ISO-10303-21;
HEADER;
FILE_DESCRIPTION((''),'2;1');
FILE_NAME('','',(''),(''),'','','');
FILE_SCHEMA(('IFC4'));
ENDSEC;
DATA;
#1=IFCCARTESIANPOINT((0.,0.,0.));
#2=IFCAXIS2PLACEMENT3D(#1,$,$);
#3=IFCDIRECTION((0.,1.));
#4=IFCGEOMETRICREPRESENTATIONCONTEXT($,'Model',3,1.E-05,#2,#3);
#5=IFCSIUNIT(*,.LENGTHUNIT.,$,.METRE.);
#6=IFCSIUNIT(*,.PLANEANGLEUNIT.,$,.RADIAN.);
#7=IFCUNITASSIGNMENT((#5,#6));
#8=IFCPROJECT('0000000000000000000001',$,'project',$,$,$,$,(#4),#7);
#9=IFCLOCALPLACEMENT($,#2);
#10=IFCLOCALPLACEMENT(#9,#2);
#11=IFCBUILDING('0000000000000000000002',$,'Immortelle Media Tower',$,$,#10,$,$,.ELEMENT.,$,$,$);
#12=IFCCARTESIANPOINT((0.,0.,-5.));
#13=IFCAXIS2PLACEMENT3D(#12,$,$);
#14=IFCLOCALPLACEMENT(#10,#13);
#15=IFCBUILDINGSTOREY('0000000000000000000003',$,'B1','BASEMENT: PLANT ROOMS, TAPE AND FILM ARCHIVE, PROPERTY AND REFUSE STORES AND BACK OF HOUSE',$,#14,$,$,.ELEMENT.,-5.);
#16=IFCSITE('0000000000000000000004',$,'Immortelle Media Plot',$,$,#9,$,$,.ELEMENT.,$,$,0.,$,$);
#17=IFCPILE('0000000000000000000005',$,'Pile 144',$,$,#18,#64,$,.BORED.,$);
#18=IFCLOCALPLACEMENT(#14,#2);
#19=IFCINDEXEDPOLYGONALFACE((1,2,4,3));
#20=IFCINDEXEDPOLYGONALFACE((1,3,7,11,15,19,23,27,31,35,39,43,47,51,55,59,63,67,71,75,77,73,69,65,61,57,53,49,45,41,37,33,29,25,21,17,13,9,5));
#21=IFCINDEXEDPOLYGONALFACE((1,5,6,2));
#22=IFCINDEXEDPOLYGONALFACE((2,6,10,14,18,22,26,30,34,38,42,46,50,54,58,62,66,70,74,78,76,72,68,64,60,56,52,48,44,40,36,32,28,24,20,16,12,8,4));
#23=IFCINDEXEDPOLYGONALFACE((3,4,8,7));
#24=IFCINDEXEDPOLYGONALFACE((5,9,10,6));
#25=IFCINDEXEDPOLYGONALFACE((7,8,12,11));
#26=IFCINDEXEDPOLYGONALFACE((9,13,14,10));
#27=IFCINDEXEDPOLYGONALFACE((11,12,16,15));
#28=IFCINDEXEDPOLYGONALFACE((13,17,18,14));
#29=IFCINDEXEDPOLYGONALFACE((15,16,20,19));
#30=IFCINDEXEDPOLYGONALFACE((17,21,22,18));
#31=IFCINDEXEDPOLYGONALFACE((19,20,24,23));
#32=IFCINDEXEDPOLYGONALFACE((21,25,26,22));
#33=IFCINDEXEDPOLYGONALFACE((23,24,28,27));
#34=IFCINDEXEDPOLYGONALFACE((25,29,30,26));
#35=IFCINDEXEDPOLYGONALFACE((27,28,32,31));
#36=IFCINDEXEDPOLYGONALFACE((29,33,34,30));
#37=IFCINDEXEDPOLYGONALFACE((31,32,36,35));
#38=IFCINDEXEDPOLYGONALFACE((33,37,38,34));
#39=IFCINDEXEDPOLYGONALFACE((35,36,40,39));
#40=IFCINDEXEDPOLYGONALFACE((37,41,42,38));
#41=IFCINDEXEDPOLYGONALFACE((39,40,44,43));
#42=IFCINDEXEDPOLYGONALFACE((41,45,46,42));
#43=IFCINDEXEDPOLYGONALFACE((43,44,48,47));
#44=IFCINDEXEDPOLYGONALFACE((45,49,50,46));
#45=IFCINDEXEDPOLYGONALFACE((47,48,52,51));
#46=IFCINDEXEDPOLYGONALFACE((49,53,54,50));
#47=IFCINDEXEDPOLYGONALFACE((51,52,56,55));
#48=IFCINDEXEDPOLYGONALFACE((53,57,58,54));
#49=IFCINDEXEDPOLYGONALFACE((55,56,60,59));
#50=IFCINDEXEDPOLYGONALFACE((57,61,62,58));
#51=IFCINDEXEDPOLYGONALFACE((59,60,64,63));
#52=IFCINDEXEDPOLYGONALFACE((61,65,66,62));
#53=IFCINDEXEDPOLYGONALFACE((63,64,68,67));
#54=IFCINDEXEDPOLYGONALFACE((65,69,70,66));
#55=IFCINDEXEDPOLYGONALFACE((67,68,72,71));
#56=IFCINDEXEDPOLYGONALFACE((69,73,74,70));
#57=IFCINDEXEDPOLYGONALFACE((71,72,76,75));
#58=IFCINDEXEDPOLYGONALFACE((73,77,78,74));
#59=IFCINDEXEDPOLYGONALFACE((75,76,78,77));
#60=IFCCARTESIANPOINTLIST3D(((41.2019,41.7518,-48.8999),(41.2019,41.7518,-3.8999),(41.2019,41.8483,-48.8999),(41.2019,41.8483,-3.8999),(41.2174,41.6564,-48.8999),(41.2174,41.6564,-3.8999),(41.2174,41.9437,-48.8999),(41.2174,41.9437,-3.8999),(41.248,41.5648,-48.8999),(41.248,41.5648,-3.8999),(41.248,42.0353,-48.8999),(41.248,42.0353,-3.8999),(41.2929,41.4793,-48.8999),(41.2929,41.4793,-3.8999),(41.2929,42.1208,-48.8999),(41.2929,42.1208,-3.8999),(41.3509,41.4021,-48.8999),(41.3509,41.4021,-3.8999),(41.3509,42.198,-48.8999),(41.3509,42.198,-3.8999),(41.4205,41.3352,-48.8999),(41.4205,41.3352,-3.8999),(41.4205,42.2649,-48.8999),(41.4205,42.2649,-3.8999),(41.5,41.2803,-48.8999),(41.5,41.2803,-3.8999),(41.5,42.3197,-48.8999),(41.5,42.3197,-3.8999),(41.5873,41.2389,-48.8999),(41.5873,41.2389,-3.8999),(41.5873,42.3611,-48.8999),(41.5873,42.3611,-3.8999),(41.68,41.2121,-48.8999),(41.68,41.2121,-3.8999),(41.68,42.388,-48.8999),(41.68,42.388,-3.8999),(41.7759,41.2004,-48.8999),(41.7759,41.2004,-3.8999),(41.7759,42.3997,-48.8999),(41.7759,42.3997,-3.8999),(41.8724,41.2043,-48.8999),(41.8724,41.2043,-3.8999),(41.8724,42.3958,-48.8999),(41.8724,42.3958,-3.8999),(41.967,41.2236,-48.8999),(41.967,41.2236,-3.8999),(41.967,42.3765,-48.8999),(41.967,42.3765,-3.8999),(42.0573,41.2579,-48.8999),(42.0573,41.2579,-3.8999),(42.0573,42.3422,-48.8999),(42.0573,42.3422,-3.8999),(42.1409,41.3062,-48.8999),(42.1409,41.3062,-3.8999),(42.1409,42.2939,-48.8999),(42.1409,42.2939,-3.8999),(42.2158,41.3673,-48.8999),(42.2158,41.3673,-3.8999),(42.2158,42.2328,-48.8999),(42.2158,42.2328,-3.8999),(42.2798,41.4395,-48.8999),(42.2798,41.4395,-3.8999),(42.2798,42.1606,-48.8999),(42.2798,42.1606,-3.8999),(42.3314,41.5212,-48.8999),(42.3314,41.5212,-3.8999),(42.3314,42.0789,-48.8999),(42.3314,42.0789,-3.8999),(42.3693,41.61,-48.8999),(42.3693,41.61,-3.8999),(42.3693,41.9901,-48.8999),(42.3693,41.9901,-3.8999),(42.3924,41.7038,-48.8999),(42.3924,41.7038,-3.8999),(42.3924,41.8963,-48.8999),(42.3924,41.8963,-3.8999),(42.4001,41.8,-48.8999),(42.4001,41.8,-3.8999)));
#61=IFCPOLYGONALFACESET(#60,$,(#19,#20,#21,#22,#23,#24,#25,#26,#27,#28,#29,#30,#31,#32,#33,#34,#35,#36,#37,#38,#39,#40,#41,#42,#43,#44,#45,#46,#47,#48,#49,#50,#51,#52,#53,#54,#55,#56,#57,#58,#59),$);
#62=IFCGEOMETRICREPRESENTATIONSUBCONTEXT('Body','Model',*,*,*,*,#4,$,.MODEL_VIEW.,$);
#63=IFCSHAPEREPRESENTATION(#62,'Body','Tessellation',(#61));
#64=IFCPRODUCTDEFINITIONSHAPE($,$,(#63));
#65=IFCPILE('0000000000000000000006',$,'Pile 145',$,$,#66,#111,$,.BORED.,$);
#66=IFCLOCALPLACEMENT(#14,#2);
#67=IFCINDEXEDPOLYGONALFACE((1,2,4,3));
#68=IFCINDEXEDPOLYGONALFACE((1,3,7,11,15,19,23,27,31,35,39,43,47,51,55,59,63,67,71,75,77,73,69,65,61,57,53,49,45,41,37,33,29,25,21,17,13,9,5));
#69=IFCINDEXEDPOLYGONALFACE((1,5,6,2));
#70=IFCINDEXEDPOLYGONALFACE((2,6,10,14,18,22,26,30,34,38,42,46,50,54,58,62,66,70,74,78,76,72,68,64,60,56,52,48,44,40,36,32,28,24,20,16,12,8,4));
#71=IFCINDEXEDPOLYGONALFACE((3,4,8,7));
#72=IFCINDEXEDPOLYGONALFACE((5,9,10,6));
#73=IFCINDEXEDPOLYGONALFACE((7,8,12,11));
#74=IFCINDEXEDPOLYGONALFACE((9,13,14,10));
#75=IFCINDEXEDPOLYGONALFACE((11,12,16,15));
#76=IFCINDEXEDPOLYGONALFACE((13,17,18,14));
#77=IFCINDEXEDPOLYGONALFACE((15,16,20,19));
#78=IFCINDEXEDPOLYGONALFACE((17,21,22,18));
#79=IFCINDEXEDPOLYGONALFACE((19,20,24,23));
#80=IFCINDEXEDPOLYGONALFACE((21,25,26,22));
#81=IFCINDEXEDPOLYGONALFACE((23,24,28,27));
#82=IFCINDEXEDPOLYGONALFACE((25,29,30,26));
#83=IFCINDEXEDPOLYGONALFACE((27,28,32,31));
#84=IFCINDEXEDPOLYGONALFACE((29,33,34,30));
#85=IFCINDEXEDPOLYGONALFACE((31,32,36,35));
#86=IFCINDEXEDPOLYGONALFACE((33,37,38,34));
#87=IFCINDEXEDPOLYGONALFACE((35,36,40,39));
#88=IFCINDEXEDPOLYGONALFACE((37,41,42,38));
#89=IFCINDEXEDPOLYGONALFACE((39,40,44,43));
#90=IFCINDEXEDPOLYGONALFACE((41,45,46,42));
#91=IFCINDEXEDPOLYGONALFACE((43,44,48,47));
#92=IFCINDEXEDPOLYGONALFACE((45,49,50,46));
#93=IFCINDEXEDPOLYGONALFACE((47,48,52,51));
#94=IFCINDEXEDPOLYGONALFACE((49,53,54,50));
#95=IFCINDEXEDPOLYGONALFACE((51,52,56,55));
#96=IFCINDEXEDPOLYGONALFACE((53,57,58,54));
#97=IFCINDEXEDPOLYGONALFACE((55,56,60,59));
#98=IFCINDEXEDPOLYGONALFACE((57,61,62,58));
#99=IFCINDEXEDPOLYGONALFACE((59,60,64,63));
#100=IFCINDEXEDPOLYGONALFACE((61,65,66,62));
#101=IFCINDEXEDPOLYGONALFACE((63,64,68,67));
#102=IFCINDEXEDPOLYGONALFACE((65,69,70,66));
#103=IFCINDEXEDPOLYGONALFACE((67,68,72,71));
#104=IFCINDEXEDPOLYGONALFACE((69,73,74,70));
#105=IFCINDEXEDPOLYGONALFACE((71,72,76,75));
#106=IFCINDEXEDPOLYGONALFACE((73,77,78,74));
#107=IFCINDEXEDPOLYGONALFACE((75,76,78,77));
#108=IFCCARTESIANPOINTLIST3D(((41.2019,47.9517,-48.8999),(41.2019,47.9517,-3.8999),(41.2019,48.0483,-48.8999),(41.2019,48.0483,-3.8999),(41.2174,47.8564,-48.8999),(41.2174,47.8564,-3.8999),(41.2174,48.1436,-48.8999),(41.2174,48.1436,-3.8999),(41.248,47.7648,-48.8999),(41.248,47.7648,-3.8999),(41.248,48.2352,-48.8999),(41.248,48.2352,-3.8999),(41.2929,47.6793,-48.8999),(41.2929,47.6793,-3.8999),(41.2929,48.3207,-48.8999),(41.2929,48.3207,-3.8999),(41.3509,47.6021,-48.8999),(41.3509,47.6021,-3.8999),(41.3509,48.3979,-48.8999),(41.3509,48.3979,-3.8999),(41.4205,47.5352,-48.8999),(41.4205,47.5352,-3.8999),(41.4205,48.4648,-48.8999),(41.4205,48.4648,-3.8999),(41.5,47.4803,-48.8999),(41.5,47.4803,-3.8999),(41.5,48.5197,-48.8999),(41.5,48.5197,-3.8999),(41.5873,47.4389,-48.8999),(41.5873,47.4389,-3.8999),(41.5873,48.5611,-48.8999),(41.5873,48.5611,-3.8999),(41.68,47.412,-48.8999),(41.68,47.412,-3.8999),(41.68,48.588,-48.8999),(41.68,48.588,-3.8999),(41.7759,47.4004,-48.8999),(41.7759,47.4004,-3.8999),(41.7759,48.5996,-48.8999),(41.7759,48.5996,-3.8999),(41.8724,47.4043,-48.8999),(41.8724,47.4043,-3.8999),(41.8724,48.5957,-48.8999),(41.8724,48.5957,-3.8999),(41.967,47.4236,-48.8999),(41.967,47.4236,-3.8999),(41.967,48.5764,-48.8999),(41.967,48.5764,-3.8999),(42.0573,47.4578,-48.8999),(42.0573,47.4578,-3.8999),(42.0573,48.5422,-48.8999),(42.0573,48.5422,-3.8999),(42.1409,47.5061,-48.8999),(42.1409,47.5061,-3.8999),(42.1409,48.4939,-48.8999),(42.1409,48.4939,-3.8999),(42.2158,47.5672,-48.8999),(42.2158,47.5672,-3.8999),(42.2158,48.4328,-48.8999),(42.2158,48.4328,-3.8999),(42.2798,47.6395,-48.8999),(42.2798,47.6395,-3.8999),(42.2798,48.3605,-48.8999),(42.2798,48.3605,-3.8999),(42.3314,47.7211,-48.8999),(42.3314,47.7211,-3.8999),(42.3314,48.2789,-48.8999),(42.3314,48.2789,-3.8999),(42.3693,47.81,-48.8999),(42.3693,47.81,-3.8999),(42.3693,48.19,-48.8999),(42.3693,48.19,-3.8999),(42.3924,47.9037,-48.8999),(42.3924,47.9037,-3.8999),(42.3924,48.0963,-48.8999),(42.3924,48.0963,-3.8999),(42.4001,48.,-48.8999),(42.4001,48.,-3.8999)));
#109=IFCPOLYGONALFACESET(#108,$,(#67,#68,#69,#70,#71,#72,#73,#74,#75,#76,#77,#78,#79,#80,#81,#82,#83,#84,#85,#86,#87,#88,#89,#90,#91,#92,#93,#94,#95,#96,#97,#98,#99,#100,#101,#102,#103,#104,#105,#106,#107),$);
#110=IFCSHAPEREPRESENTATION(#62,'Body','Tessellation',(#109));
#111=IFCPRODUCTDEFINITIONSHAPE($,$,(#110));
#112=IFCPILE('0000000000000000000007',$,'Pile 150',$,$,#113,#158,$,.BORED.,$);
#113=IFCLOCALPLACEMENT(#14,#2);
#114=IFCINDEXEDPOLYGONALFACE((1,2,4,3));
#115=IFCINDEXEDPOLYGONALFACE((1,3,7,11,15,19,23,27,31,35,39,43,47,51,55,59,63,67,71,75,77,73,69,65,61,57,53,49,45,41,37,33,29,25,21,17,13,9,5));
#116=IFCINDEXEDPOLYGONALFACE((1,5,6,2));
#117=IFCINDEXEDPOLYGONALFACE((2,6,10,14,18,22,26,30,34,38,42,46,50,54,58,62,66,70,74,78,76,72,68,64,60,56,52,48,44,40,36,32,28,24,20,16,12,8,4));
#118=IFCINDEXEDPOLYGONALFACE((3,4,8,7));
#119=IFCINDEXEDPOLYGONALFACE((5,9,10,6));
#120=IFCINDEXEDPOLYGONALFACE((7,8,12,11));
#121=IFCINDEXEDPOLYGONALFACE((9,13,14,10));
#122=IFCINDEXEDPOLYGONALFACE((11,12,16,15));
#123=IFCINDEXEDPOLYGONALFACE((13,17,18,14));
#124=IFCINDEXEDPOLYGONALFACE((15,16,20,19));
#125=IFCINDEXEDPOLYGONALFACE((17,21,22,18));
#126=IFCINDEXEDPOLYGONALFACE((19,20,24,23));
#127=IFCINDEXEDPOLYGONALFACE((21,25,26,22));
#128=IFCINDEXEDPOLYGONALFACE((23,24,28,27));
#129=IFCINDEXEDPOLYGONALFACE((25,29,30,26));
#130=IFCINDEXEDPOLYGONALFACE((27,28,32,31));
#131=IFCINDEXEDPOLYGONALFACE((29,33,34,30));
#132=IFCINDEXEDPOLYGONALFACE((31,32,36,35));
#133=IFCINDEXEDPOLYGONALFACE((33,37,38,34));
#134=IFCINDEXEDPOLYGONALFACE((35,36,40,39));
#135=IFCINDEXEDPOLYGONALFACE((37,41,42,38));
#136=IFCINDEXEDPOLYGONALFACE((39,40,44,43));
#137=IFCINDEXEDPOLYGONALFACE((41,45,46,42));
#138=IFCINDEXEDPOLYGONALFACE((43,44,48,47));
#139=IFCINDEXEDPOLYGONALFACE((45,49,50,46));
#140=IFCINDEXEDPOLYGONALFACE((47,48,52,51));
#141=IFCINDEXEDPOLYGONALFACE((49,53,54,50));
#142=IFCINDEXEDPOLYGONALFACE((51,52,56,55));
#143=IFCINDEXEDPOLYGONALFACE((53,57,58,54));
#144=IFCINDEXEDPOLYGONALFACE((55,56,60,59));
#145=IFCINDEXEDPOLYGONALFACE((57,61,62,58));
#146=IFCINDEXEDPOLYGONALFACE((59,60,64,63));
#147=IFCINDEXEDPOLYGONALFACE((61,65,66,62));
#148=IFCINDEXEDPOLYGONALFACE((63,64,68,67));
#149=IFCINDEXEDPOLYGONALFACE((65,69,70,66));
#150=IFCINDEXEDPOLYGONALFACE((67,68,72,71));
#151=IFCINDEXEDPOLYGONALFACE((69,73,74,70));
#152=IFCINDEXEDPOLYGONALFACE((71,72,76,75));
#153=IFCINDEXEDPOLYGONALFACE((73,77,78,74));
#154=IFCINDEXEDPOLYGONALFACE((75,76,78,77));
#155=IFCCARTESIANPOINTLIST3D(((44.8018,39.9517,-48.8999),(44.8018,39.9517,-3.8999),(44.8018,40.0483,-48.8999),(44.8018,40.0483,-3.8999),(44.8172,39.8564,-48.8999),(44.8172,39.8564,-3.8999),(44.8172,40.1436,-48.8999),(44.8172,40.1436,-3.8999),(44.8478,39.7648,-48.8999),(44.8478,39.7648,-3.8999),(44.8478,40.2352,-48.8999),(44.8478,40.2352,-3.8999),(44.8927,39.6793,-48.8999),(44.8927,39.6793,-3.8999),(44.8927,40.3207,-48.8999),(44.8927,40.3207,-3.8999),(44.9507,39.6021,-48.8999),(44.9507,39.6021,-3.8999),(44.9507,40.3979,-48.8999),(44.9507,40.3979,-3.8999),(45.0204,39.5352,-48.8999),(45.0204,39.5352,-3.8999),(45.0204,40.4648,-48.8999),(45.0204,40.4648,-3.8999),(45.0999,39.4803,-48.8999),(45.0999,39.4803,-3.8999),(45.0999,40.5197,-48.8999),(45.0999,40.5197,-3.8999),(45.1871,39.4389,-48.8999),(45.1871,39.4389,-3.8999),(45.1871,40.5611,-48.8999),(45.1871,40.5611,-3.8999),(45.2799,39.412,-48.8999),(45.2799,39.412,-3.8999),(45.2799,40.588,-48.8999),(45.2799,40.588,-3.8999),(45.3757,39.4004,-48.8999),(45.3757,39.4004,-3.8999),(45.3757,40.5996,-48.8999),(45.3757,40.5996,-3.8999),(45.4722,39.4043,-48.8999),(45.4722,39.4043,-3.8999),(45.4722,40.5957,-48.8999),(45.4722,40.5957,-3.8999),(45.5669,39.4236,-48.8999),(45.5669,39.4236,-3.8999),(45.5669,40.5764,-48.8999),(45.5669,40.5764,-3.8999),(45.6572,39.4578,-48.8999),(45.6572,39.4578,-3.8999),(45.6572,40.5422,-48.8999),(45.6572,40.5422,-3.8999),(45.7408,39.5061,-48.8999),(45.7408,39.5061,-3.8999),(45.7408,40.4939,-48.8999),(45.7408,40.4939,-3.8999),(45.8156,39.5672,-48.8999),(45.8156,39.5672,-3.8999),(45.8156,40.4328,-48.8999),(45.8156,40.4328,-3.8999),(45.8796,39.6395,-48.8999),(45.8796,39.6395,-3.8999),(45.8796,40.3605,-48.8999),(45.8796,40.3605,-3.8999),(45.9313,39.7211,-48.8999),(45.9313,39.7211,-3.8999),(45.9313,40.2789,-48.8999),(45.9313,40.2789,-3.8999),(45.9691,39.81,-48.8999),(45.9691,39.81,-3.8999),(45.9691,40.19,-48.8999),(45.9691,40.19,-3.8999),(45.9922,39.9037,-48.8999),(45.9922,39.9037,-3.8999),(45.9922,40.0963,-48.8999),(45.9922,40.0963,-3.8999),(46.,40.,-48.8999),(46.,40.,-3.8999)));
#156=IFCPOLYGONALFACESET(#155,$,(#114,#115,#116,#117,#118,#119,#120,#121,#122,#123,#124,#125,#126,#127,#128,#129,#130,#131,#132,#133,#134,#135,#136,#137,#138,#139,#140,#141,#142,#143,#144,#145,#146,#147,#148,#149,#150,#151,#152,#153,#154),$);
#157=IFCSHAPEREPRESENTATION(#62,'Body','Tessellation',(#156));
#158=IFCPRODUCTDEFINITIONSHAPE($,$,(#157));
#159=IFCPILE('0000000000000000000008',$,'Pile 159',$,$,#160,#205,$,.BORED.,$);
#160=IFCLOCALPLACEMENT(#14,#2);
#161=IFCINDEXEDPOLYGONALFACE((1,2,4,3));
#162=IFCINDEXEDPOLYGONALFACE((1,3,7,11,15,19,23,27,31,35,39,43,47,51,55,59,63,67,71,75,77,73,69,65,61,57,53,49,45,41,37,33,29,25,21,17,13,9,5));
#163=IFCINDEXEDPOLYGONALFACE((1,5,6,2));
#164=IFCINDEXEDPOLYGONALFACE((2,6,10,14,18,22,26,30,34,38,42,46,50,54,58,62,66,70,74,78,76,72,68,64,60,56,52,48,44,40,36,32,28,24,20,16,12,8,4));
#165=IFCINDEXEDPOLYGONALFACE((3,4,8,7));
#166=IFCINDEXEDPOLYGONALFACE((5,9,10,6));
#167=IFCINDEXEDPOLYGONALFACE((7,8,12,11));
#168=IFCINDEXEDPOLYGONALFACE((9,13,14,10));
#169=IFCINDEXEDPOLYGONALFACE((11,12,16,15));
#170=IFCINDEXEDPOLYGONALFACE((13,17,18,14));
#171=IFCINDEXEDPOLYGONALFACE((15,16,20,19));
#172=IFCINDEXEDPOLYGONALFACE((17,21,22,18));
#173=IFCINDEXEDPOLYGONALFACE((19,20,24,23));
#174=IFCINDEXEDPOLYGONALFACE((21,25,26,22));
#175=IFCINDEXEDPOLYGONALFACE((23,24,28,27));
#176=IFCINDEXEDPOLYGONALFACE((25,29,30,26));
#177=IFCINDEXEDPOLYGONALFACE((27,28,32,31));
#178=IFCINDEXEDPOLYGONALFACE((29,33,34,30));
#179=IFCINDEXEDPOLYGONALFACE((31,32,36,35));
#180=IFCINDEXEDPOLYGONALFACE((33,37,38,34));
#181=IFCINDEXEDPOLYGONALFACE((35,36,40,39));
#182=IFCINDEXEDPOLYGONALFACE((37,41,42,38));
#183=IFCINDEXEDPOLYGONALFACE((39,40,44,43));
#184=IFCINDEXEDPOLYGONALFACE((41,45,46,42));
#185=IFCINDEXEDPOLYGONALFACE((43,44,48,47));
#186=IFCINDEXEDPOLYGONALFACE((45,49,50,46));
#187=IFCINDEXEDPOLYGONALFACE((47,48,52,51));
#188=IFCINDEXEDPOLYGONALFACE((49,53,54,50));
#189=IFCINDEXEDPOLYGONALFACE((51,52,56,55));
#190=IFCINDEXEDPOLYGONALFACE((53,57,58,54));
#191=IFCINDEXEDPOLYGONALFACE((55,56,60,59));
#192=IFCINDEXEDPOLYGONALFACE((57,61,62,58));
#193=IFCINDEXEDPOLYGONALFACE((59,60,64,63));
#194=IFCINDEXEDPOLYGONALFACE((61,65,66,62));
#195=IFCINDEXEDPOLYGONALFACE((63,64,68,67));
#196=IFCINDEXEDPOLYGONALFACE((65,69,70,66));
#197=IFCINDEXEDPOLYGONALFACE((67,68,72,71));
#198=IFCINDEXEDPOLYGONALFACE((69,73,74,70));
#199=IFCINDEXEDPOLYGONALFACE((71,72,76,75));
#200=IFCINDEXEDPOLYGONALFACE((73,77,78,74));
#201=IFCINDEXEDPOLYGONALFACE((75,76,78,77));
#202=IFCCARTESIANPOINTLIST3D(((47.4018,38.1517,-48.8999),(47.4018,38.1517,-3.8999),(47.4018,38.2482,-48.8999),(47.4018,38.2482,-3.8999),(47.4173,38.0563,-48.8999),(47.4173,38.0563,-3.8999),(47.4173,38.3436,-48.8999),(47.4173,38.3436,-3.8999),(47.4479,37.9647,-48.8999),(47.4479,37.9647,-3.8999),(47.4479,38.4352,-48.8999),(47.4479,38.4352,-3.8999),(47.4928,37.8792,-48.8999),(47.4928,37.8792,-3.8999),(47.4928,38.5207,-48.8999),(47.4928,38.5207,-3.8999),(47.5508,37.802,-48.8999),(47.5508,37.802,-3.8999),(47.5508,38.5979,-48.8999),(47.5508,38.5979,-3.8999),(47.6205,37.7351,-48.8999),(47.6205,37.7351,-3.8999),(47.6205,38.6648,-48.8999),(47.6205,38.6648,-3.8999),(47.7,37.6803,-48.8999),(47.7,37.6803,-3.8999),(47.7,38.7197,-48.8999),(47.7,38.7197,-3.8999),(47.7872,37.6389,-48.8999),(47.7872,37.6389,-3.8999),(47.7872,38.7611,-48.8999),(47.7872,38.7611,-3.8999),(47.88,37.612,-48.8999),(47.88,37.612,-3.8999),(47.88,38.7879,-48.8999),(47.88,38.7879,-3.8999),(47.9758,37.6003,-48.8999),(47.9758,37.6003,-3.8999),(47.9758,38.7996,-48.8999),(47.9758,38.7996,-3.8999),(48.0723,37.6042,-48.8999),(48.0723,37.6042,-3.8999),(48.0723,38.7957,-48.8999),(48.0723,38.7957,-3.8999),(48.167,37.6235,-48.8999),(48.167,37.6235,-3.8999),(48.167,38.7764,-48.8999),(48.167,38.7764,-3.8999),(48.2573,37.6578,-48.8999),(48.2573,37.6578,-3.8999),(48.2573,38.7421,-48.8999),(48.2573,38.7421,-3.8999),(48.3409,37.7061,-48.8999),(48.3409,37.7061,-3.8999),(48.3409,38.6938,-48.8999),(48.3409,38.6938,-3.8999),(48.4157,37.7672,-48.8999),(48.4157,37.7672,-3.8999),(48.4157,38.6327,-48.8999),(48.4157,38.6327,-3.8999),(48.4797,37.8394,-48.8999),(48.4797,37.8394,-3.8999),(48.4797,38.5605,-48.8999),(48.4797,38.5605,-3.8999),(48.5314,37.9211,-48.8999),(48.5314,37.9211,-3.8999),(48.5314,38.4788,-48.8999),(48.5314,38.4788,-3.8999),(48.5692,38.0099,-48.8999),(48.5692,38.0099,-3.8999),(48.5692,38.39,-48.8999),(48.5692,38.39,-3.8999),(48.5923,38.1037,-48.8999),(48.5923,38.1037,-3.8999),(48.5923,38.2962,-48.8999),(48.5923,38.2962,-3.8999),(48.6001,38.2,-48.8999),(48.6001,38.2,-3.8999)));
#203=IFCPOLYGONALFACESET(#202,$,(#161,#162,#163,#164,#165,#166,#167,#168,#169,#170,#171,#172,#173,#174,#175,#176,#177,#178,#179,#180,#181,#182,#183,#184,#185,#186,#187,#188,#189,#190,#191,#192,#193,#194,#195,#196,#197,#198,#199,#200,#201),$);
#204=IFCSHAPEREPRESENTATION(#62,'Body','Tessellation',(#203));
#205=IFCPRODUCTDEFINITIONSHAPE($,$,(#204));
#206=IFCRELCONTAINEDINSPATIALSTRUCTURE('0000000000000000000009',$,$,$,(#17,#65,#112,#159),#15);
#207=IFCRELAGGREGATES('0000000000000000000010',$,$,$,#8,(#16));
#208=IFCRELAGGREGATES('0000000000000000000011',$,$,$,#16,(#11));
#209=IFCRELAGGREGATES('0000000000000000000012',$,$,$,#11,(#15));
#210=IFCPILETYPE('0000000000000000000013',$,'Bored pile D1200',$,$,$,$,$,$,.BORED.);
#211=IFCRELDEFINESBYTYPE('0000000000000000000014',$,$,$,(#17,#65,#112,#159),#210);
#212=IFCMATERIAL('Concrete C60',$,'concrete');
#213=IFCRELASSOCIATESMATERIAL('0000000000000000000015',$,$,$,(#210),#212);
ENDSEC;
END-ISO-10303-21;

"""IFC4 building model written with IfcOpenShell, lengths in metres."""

from ifc_helpers import new_model, si_unit, direction, frame, origin, origin_2d, place, context, subcontext, project, spatial, circle, extrude, material, material_profile, profile_set, type_object, element, save


model = new_model("IFC4")

# Units and contexts
model_context = context("Model", 3, precision=1e-05, world=origin(), true_north=direction((0.0, 1.0)))
body_context = subcontext(model_context, "Body", "Model", "MODEL_VIEW")
ifc_project = project(units=[si_unit("LENGTHUNIT", "METRE"), si_unit("PLANEANGLEUNIT", "RADIAN")], contexts=[model_context])

# Site, building, storey
site_placement = place(None, origin())
site = spatial("IfcSite", under=ifc_project, at=site_placement, Name="Immortelle Media Plot", CompositionType="ELEMENT", RefElevation=0.0)
building_placement = place(site_placement, origin())
building = spatial("IfcBuilding", under=site, at=building_placement, Name="Immortelle Media Tower", CompositionType="ELEMENT")
storey_placement = place(building_placement, frame((0.0, 0.0, -5.0)))
storey = spatial("IfcBuildingStorey", under=building, at=storey_placement, Name="B1", Description="BASEMENT: PLANT ROOMS, TAPE AND FILM ARCHIVE, PROPERTY AND REFUSE STORES AND BACK OF HOUSE", CompositionType="ELEMENT", Elevation=-5.0)

# Piles
ifc_material_1 = material(Name="Concrete C60", Category="concrete")
ifc_material_profile_1 = material_profile(ifc_material_1, circle(Radius=0.6001, at=origin_2d()), Name="Bored pile D1200")
ifc_profile_set_1 = profile_set([ifc_material_profile_1], Name="Concrete C60")
pile_type = type_object("IfcPileType", Name="Bored pile D1200", PredefinedType="BORED", material=ifc_profile_set_1)
for number, where, z_axis, x_axis, name in (
    (1, (41.8, 41.8, -3.8999), (0.0, 0.0, -1.0), (1.0, 0.0, 0.0), "Pile 144"),
    (2, (41.8, 48.0, -3.8999), (0.0, 0.0, -1.0), (1.0, 0.0, 0.0), "Pile 145"),
    (3, (45.3999, 40.0, -3.8999), (0.0, 0.0, -1.0), (1.0, 0.0, 0.0), "Pile 150"),
    (4, (48.0, 38.2, -3.8999), (0.0, 0.0, -1.0), (1.0, 0.0, 0.0), "Pile 159"),
):
    element("IfcPile", number, at=place(storey_placement, frame(where, z_axis=z_axis, x_axis=x_axis)), inside=storey, type_object=pile_type, Name=name, PredefinedType="BORED", context=body_context, shape_type="SweptSolid", body=[
        extrude(circle(Radius=0.6001, at=origin_2d()), origin(), (0.0, 0.0, 1.0), 45.0),
    ])

save(model, "model.ifc")
